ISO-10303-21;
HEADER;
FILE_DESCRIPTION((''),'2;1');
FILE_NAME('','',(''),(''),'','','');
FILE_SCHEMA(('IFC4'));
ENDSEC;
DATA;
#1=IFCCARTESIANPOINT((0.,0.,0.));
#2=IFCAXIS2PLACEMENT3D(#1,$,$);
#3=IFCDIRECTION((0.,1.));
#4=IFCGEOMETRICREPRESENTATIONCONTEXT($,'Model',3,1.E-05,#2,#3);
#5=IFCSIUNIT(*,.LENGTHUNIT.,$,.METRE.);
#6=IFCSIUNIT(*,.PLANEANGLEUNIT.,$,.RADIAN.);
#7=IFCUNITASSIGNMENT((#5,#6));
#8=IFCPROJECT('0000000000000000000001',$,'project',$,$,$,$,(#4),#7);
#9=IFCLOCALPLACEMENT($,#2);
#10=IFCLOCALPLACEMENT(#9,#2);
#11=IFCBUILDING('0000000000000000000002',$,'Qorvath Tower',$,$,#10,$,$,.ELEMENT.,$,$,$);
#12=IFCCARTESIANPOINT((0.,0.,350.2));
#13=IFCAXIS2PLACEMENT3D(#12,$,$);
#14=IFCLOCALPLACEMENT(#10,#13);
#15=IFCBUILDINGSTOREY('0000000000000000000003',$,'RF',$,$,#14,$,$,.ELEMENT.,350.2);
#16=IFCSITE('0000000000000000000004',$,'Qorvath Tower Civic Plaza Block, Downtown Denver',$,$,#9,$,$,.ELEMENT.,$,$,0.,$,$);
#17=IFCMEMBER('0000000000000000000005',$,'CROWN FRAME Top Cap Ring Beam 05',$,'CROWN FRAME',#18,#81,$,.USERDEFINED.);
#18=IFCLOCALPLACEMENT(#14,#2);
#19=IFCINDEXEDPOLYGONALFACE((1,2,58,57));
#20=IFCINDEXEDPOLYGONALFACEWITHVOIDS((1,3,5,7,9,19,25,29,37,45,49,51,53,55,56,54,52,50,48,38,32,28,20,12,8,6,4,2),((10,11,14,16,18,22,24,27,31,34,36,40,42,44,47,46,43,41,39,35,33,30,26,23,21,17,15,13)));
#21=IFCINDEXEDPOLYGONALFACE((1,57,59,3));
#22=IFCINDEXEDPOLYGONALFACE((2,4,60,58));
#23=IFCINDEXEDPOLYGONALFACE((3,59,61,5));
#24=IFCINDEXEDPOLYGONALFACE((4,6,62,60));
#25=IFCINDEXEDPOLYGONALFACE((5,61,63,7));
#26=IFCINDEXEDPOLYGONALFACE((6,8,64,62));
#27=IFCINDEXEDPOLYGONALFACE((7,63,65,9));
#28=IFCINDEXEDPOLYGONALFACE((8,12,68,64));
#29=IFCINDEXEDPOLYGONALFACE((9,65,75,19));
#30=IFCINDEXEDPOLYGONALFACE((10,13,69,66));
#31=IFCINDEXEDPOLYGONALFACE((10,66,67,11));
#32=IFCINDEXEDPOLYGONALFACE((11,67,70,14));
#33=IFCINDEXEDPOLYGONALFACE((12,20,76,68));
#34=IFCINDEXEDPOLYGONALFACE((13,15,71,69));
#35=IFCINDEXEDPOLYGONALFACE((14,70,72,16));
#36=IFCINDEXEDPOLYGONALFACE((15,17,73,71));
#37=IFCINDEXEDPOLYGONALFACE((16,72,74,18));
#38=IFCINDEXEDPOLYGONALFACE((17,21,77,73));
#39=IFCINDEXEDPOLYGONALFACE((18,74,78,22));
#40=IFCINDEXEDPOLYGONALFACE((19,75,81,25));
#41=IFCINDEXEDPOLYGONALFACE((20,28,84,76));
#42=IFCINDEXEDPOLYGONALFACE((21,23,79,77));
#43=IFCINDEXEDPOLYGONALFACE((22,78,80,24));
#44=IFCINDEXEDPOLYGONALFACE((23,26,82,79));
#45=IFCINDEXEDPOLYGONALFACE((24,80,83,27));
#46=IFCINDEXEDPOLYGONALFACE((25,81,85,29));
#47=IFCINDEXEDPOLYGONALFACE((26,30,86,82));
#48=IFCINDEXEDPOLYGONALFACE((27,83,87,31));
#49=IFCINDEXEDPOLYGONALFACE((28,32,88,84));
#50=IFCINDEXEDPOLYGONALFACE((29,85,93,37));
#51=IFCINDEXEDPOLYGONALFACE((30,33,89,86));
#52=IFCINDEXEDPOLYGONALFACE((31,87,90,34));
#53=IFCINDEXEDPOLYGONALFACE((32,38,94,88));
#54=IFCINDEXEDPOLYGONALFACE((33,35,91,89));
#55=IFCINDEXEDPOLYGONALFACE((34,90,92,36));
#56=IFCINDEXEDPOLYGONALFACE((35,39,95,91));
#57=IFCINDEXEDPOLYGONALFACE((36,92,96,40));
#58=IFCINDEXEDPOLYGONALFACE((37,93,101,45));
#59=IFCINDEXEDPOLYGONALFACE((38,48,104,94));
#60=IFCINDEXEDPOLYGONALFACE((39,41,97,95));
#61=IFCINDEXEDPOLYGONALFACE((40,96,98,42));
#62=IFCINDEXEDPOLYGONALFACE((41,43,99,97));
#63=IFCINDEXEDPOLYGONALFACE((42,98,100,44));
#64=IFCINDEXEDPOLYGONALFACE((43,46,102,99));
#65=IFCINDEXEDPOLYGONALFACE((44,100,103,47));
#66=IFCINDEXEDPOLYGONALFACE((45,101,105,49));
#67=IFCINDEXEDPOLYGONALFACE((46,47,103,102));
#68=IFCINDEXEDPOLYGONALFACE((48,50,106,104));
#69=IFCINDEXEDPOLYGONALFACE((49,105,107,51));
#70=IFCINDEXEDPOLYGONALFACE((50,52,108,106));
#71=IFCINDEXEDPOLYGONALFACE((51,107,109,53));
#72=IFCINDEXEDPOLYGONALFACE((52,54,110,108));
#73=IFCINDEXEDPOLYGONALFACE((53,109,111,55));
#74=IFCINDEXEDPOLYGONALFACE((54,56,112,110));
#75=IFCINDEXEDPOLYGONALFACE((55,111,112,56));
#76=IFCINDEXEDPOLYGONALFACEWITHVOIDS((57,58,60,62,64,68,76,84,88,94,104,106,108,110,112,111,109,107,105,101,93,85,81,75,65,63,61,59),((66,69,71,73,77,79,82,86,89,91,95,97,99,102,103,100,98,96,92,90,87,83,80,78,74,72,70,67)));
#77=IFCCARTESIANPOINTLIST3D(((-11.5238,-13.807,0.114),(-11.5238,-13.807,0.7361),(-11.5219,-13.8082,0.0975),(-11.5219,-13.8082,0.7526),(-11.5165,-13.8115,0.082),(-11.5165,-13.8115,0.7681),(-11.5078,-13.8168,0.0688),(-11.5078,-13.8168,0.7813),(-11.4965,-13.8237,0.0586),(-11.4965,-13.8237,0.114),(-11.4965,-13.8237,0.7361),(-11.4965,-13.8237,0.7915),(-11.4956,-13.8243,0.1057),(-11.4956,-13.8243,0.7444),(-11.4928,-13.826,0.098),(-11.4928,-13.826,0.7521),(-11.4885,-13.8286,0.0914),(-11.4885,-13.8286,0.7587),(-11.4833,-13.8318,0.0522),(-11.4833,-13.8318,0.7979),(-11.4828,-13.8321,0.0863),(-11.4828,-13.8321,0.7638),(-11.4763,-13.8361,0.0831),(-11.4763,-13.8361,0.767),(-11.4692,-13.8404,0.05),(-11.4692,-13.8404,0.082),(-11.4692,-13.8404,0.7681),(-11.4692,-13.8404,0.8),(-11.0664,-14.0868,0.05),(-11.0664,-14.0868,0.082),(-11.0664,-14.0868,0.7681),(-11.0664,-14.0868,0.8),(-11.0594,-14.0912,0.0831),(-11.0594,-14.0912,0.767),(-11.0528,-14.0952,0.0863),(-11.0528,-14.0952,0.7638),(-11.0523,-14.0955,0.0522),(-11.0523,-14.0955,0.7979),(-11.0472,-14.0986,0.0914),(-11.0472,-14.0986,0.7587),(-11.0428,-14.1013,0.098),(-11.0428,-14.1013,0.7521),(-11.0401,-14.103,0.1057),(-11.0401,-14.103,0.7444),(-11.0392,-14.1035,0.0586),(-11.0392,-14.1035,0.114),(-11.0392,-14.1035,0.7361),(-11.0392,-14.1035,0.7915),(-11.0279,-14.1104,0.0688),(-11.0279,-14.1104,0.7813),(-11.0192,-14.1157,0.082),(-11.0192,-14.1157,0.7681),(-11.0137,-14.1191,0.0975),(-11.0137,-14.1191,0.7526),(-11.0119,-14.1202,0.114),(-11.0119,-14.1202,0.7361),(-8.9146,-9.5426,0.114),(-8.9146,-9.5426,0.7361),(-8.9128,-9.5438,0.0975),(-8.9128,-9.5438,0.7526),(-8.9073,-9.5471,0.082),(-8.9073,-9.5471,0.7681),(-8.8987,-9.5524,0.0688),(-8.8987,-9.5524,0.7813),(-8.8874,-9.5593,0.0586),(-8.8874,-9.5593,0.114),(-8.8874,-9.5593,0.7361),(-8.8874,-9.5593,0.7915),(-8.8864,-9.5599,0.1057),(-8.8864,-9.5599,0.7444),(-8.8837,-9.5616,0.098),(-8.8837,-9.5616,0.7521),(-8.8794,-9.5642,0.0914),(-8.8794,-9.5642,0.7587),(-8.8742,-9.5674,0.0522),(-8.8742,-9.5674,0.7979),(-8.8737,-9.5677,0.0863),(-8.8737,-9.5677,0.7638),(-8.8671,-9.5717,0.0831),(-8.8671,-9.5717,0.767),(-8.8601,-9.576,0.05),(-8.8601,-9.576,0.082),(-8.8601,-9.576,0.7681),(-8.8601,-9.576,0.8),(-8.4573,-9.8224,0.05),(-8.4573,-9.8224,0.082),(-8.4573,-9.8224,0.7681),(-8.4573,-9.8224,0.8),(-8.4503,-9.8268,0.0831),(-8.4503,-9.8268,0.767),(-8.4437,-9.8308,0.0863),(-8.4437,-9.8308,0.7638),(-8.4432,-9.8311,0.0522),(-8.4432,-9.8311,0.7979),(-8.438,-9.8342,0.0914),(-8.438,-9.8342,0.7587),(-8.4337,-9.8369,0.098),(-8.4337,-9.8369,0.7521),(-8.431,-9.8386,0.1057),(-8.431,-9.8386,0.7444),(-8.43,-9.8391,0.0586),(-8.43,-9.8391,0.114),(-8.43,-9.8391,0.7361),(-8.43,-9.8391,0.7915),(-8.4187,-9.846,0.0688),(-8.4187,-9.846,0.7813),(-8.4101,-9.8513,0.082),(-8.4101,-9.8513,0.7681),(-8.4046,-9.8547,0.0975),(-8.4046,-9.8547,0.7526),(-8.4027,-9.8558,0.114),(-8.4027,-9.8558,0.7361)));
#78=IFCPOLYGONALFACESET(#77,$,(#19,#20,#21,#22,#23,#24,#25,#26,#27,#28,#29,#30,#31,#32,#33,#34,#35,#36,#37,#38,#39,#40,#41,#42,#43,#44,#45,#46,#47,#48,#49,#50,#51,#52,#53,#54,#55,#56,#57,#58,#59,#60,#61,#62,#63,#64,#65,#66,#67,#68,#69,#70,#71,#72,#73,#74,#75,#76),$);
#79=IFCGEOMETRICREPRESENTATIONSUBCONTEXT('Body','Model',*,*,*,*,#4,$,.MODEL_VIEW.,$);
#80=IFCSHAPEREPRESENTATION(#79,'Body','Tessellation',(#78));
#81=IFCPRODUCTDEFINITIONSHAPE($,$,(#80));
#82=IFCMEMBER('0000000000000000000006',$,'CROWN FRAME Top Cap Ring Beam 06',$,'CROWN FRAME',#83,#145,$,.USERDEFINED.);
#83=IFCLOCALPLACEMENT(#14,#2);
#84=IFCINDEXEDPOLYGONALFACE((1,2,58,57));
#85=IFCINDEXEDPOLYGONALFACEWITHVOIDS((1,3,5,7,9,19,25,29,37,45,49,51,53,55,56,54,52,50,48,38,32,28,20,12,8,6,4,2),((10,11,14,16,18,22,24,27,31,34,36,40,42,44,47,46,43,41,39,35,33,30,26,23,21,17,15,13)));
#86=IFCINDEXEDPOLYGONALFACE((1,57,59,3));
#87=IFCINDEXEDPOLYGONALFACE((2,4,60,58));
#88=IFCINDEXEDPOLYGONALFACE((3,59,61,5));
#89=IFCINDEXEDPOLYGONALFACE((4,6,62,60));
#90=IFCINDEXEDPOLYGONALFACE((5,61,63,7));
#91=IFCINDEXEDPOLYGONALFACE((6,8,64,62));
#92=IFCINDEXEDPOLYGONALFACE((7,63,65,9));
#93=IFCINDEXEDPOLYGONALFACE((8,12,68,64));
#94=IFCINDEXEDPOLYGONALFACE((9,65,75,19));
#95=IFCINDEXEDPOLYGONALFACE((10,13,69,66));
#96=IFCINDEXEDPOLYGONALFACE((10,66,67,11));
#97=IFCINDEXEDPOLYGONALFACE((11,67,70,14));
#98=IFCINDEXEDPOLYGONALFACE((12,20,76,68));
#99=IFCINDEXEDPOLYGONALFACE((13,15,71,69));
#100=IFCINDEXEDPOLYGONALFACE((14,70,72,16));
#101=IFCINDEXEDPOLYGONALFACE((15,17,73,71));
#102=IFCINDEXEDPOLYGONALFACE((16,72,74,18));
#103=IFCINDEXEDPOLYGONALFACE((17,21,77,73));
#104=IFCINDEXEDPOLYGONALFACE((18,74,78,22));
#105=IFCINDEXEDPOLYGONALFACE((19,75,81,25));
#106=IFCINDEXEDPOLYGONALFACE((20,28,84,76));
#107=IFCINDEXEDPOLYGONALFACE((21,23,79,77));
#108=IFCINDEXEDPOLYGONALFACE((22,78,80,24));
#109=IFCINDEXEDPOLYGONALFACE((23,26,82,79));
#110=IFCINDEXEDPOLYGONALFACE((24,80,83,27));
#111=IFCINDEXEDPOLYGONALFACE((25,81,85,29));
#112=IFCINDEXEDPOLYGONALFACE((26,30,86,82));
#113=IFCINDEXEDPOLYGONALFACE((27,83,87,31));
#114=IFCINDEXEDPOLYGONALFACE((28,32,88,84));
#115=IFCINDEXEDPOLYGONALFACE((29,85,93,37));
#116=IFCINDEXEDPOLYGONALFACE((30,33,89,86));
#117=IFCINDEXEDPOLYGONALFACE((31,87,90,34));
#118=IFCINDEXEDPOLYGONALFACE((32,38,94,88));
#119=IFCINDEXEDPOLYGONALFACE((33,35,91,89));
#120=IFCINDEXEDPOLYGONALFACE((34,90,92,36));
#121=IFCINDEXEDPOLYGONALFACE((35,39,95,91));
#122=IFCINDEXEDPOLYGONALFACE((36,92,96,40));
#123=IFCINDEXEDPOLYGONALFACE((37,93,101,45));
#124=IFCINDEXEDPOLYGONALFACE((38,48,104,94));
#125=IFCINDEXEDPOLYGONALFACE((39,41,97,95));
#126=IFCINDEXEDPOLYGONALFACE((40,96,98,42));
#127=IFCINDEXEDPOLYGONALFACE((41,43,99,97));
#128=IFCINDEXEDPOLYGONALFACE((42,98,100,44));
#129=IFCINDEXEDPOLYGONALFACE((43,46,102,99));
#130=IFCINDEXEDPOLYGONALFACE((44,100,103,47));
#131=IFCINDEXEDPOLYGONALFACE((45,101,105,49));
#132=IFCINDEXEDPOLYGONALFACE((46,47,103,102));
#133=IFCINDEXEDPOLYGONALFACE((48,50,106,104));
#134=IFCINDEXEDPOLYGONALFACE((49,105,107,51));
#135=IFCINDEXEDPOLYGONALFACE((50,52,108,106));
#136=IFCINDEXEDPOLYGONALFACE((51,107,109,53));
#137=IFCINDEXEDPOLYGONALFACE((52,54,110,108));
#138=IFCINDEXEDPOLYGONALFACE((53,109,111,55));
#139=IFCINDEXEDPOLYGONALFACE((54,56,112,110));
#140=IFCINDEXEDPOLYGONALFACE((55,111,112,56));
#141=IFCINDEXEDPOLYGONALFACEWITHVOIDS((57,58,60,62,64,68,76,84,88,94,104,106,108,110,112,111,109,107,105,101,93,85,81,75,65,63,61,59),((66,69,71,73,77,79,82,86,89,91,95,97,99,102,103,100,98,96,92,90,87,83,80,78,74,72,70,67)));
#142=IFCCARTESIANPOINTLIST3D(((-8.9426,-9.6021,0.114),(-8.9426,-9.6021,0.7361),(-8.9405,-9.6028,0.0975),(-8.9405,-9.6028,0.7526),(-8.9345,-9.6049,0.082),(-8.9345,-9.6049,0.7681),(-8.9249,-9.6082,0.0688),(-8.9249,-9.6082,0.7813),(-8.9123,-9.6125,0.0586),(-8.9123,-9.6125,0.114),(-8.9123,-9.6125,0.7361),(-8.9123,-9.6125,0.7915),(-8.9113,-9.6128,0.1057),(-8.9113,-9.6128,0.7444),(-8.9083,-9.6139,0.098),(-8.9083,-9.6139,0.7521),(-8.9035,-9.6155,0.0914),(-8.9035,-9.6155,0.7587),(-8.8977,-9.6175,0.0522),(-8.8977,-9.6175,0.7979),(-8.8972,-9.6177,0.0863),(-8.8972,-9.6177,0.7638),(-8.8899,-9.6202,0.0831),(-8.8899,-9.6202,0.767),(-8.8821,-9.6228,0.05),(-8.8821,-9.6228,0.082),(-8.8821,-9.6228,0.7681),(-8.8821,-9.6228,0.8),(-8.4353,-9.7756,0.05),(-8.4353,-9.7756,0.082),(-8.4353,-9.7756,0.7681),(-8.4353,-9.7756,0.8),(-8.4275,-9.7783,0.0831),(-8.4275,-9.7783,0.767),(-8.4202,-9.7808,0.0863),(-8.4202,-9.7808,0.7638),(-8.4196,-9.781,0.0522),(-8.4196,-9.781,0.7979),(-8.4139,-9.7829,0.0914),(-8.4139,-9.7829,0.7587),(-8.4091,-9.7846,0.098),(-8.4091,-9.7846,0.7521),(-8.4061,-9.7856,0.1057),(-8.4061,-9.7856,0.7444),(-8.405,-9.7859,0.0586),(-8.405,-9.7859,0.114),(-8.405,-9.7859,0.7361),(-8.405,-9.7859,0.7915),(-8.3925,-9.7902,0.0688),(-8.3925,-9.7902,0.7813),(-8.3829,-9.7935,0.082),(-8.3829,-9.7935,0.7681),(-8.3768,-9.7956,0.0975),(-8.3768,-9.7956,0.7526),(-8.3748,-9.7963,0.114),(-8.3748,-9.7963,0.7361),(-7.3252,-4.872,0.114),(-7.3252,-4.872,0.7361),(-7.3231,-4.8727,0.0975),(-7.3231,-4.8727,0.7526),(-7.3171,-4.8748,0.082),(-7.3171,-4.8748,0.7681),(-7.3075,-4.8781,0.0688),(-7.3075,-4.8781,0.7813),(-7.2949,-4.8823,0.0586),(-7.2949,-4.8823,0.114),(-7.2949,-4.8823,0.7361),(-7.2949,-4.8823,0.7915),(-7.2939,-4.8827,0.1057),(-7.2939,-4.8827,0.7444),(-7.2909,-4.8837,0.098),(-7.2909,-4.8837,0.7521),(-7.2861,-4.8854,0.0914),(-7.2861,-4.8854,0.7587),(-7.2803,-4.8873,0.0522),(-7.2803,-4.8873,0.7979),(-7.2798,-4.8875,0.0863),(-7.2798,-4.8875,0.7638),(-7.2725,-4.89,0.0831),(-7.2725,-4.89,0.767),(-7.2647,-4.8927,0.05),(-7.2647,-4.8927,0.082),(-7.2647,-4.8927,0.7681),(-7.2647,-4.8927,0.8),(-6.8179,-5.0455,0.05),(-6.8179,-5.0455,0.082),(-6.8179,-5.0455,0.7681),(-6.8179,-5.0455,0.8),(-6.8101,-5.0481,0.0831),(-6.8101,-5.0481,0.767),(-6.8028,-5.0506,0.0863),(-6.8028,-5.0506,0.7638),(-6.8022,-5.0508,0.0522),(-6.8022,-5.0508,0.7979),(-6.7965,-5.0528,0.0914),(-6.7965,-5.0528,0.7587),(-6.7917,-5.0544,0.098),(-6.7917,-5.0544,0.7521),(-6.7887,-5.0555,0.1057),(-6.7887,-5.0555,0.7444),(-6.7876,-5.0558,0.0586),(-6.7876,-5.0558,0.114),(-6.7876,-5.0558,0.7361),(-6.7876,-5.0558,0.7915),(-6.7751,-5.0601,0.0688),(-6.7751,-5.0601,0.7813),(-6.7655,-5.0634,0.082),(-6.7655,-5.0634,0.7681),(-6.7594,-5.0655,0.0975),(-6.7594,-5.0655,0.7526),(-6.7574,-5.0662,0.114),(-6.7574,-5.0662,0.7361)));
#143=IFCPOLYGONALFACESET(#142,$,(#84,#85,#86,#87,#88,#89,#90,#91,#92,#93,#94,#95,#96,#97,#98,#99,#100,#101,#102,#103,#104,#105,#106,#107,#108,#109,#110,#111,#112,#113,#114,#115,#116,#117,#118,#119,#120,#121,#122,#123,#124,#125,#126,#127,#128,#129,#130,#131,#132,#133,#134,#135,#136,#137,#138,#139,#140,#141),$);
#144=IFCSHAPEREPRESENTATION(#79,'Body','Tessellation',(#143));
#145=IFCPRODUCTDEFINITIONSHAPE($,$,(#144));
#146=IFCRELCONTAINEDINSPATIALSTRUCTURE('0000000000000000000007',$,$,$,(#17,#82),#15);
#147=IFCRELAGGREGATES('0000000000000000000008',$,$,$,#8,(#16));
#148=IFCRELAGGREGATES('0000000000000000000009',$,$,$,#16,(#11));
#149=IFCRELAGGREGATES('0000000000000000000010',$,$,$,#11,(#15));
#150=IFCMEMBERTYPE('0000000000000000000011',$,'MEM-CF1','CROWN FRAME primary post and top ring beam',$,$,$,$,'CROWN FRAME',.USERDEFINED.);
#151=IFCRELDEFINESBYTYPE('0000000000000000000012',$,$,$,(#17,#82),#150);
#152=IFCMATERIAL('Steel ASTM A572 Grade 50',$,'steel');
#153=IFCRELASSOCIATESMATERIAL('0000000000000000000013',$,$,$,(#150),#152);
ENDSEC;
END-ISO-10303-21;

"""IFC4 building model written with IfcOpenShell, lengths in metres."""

from ifc_helpers import new_model, si_unit, direction, frame, origin, origin_2d, place, context, subcontext, project, spatial, hollow_rectangle, extrude, material, material_profile, profile_set, type_object, element, save


model = new_model("IFC4")

# Units and contexts
model_context = context("Model", 3, precision=1e-05, world=origin(), true_north=direction((0.0, 1.0)))
body_context = subcontext(model_context, "Body", "Model", "MODEL_VIEW")
ifc_project = project(units=[si_unit("LENGTHUNIT", "METRE"), si_unit("PLANEANGLEUNIT", "RADIAN")], contexts=[model_context])

# Site, building, storey
site_placement = place(None, origin())
site = spatial("IfcSite", under=ifc_project, at=site_placement, Name="Qorvath Tower Civic Plaza Block, Downtown Denver", CompositionType="ELEMENT", RefElevation=0.0)
building_placement = place(site_placement, origin())
building = spatial("IfcBuilding", under=site, at=building_placement, Name="Qorvath Tower", CompositionType="ELEMENT")
storey_placement = place(building_placement, frame((0.0, 0.0, 350.2)))
storey = spatial("IfcBuildingStorey", under=building, at=storey_placement, Name="RF", CompositionType="ELEMENT", Elevation=350.2)

# Members
ifc_material_1 = material(Name="Steel ASTM A572 Grade 50", Category="steel")
ifc_material_profile_1 = material_profile(ifc_material_1, hollow_rectangle(XDim=0.6001, YDim=0.75, WallThickness=0.032, InnerFilletRadius=0.032, OuterFilletRadius=0.064, at=origin_2d()), Name="CROWN BOX 750x600x32")
ifc_profile_set_1 = profile_set([ifc_material_profile_1], Name="Steel ASTM A572 Grade 50")
member_type_1 = type_object("IfcMemberType", Name="MEM-CF1", Description="CROWN FRAME primary post and top ring beam", ElementType="CROWN FRAME", PredefinedType="USERDEFINED", material=ifc_profile_set_1)
member_1_placement = place(storey_placement, frame((-11.2678, -13.9636, 0.425), z_axis=(0.521902, 0.853005, 0.0), x_axis=(-0.853005, 0.521902, 0.0)))
element("IfcMember", 1, at=member_1_placement, inside=storey, type_object=member_type_1, Name="CROWN FRAME Top Cap Ring Beam 05", ObjectType="CROWN FRAME", PredefinedType="USERDEFINED", context=body_context, shape_type="SweptSolid", body=[
    extrude(hollow_rectangle(XDim=0.6001, YDim=0.75, WallThickness=0.032, InnerFilletRadius=0.032, OuterFilletRadius=0.064, at=origin_2d()), origin(), (0.0, 0.0, 1.0), 4.9993),
])
for number, where, z_axis, x_axis, name in (
    (2, (-8.6587, -9.6992, 0.425), (0.323544, 0.946213, 0.0), (-0.946213, 0.323544, 0.0), "CROWN FRAME Top Cap Ring Beam 06"),
):
    element("IfcMember", number, at=place(storey_placement, frame(where, z_axis=z_axis, x_axis=x_axis)), inside=storey, type_object=member_type_1, Name=name, ObjectType="CROWN FRAME", PredefinedType="USERDEFINED", context=body_context, shape_type="SweptSolid", body=[
        extrude(hollow_rectangle(XDim=0.6001, YDim=0.75, WallThickness=0.032, InnerFilletRadius=0.032, OuterFilletRadius=0.064, at=origin_2d()), origin(), (0.0, 0.0, 1.0), 4.999),
    ])

save(model, "model.ifc")
